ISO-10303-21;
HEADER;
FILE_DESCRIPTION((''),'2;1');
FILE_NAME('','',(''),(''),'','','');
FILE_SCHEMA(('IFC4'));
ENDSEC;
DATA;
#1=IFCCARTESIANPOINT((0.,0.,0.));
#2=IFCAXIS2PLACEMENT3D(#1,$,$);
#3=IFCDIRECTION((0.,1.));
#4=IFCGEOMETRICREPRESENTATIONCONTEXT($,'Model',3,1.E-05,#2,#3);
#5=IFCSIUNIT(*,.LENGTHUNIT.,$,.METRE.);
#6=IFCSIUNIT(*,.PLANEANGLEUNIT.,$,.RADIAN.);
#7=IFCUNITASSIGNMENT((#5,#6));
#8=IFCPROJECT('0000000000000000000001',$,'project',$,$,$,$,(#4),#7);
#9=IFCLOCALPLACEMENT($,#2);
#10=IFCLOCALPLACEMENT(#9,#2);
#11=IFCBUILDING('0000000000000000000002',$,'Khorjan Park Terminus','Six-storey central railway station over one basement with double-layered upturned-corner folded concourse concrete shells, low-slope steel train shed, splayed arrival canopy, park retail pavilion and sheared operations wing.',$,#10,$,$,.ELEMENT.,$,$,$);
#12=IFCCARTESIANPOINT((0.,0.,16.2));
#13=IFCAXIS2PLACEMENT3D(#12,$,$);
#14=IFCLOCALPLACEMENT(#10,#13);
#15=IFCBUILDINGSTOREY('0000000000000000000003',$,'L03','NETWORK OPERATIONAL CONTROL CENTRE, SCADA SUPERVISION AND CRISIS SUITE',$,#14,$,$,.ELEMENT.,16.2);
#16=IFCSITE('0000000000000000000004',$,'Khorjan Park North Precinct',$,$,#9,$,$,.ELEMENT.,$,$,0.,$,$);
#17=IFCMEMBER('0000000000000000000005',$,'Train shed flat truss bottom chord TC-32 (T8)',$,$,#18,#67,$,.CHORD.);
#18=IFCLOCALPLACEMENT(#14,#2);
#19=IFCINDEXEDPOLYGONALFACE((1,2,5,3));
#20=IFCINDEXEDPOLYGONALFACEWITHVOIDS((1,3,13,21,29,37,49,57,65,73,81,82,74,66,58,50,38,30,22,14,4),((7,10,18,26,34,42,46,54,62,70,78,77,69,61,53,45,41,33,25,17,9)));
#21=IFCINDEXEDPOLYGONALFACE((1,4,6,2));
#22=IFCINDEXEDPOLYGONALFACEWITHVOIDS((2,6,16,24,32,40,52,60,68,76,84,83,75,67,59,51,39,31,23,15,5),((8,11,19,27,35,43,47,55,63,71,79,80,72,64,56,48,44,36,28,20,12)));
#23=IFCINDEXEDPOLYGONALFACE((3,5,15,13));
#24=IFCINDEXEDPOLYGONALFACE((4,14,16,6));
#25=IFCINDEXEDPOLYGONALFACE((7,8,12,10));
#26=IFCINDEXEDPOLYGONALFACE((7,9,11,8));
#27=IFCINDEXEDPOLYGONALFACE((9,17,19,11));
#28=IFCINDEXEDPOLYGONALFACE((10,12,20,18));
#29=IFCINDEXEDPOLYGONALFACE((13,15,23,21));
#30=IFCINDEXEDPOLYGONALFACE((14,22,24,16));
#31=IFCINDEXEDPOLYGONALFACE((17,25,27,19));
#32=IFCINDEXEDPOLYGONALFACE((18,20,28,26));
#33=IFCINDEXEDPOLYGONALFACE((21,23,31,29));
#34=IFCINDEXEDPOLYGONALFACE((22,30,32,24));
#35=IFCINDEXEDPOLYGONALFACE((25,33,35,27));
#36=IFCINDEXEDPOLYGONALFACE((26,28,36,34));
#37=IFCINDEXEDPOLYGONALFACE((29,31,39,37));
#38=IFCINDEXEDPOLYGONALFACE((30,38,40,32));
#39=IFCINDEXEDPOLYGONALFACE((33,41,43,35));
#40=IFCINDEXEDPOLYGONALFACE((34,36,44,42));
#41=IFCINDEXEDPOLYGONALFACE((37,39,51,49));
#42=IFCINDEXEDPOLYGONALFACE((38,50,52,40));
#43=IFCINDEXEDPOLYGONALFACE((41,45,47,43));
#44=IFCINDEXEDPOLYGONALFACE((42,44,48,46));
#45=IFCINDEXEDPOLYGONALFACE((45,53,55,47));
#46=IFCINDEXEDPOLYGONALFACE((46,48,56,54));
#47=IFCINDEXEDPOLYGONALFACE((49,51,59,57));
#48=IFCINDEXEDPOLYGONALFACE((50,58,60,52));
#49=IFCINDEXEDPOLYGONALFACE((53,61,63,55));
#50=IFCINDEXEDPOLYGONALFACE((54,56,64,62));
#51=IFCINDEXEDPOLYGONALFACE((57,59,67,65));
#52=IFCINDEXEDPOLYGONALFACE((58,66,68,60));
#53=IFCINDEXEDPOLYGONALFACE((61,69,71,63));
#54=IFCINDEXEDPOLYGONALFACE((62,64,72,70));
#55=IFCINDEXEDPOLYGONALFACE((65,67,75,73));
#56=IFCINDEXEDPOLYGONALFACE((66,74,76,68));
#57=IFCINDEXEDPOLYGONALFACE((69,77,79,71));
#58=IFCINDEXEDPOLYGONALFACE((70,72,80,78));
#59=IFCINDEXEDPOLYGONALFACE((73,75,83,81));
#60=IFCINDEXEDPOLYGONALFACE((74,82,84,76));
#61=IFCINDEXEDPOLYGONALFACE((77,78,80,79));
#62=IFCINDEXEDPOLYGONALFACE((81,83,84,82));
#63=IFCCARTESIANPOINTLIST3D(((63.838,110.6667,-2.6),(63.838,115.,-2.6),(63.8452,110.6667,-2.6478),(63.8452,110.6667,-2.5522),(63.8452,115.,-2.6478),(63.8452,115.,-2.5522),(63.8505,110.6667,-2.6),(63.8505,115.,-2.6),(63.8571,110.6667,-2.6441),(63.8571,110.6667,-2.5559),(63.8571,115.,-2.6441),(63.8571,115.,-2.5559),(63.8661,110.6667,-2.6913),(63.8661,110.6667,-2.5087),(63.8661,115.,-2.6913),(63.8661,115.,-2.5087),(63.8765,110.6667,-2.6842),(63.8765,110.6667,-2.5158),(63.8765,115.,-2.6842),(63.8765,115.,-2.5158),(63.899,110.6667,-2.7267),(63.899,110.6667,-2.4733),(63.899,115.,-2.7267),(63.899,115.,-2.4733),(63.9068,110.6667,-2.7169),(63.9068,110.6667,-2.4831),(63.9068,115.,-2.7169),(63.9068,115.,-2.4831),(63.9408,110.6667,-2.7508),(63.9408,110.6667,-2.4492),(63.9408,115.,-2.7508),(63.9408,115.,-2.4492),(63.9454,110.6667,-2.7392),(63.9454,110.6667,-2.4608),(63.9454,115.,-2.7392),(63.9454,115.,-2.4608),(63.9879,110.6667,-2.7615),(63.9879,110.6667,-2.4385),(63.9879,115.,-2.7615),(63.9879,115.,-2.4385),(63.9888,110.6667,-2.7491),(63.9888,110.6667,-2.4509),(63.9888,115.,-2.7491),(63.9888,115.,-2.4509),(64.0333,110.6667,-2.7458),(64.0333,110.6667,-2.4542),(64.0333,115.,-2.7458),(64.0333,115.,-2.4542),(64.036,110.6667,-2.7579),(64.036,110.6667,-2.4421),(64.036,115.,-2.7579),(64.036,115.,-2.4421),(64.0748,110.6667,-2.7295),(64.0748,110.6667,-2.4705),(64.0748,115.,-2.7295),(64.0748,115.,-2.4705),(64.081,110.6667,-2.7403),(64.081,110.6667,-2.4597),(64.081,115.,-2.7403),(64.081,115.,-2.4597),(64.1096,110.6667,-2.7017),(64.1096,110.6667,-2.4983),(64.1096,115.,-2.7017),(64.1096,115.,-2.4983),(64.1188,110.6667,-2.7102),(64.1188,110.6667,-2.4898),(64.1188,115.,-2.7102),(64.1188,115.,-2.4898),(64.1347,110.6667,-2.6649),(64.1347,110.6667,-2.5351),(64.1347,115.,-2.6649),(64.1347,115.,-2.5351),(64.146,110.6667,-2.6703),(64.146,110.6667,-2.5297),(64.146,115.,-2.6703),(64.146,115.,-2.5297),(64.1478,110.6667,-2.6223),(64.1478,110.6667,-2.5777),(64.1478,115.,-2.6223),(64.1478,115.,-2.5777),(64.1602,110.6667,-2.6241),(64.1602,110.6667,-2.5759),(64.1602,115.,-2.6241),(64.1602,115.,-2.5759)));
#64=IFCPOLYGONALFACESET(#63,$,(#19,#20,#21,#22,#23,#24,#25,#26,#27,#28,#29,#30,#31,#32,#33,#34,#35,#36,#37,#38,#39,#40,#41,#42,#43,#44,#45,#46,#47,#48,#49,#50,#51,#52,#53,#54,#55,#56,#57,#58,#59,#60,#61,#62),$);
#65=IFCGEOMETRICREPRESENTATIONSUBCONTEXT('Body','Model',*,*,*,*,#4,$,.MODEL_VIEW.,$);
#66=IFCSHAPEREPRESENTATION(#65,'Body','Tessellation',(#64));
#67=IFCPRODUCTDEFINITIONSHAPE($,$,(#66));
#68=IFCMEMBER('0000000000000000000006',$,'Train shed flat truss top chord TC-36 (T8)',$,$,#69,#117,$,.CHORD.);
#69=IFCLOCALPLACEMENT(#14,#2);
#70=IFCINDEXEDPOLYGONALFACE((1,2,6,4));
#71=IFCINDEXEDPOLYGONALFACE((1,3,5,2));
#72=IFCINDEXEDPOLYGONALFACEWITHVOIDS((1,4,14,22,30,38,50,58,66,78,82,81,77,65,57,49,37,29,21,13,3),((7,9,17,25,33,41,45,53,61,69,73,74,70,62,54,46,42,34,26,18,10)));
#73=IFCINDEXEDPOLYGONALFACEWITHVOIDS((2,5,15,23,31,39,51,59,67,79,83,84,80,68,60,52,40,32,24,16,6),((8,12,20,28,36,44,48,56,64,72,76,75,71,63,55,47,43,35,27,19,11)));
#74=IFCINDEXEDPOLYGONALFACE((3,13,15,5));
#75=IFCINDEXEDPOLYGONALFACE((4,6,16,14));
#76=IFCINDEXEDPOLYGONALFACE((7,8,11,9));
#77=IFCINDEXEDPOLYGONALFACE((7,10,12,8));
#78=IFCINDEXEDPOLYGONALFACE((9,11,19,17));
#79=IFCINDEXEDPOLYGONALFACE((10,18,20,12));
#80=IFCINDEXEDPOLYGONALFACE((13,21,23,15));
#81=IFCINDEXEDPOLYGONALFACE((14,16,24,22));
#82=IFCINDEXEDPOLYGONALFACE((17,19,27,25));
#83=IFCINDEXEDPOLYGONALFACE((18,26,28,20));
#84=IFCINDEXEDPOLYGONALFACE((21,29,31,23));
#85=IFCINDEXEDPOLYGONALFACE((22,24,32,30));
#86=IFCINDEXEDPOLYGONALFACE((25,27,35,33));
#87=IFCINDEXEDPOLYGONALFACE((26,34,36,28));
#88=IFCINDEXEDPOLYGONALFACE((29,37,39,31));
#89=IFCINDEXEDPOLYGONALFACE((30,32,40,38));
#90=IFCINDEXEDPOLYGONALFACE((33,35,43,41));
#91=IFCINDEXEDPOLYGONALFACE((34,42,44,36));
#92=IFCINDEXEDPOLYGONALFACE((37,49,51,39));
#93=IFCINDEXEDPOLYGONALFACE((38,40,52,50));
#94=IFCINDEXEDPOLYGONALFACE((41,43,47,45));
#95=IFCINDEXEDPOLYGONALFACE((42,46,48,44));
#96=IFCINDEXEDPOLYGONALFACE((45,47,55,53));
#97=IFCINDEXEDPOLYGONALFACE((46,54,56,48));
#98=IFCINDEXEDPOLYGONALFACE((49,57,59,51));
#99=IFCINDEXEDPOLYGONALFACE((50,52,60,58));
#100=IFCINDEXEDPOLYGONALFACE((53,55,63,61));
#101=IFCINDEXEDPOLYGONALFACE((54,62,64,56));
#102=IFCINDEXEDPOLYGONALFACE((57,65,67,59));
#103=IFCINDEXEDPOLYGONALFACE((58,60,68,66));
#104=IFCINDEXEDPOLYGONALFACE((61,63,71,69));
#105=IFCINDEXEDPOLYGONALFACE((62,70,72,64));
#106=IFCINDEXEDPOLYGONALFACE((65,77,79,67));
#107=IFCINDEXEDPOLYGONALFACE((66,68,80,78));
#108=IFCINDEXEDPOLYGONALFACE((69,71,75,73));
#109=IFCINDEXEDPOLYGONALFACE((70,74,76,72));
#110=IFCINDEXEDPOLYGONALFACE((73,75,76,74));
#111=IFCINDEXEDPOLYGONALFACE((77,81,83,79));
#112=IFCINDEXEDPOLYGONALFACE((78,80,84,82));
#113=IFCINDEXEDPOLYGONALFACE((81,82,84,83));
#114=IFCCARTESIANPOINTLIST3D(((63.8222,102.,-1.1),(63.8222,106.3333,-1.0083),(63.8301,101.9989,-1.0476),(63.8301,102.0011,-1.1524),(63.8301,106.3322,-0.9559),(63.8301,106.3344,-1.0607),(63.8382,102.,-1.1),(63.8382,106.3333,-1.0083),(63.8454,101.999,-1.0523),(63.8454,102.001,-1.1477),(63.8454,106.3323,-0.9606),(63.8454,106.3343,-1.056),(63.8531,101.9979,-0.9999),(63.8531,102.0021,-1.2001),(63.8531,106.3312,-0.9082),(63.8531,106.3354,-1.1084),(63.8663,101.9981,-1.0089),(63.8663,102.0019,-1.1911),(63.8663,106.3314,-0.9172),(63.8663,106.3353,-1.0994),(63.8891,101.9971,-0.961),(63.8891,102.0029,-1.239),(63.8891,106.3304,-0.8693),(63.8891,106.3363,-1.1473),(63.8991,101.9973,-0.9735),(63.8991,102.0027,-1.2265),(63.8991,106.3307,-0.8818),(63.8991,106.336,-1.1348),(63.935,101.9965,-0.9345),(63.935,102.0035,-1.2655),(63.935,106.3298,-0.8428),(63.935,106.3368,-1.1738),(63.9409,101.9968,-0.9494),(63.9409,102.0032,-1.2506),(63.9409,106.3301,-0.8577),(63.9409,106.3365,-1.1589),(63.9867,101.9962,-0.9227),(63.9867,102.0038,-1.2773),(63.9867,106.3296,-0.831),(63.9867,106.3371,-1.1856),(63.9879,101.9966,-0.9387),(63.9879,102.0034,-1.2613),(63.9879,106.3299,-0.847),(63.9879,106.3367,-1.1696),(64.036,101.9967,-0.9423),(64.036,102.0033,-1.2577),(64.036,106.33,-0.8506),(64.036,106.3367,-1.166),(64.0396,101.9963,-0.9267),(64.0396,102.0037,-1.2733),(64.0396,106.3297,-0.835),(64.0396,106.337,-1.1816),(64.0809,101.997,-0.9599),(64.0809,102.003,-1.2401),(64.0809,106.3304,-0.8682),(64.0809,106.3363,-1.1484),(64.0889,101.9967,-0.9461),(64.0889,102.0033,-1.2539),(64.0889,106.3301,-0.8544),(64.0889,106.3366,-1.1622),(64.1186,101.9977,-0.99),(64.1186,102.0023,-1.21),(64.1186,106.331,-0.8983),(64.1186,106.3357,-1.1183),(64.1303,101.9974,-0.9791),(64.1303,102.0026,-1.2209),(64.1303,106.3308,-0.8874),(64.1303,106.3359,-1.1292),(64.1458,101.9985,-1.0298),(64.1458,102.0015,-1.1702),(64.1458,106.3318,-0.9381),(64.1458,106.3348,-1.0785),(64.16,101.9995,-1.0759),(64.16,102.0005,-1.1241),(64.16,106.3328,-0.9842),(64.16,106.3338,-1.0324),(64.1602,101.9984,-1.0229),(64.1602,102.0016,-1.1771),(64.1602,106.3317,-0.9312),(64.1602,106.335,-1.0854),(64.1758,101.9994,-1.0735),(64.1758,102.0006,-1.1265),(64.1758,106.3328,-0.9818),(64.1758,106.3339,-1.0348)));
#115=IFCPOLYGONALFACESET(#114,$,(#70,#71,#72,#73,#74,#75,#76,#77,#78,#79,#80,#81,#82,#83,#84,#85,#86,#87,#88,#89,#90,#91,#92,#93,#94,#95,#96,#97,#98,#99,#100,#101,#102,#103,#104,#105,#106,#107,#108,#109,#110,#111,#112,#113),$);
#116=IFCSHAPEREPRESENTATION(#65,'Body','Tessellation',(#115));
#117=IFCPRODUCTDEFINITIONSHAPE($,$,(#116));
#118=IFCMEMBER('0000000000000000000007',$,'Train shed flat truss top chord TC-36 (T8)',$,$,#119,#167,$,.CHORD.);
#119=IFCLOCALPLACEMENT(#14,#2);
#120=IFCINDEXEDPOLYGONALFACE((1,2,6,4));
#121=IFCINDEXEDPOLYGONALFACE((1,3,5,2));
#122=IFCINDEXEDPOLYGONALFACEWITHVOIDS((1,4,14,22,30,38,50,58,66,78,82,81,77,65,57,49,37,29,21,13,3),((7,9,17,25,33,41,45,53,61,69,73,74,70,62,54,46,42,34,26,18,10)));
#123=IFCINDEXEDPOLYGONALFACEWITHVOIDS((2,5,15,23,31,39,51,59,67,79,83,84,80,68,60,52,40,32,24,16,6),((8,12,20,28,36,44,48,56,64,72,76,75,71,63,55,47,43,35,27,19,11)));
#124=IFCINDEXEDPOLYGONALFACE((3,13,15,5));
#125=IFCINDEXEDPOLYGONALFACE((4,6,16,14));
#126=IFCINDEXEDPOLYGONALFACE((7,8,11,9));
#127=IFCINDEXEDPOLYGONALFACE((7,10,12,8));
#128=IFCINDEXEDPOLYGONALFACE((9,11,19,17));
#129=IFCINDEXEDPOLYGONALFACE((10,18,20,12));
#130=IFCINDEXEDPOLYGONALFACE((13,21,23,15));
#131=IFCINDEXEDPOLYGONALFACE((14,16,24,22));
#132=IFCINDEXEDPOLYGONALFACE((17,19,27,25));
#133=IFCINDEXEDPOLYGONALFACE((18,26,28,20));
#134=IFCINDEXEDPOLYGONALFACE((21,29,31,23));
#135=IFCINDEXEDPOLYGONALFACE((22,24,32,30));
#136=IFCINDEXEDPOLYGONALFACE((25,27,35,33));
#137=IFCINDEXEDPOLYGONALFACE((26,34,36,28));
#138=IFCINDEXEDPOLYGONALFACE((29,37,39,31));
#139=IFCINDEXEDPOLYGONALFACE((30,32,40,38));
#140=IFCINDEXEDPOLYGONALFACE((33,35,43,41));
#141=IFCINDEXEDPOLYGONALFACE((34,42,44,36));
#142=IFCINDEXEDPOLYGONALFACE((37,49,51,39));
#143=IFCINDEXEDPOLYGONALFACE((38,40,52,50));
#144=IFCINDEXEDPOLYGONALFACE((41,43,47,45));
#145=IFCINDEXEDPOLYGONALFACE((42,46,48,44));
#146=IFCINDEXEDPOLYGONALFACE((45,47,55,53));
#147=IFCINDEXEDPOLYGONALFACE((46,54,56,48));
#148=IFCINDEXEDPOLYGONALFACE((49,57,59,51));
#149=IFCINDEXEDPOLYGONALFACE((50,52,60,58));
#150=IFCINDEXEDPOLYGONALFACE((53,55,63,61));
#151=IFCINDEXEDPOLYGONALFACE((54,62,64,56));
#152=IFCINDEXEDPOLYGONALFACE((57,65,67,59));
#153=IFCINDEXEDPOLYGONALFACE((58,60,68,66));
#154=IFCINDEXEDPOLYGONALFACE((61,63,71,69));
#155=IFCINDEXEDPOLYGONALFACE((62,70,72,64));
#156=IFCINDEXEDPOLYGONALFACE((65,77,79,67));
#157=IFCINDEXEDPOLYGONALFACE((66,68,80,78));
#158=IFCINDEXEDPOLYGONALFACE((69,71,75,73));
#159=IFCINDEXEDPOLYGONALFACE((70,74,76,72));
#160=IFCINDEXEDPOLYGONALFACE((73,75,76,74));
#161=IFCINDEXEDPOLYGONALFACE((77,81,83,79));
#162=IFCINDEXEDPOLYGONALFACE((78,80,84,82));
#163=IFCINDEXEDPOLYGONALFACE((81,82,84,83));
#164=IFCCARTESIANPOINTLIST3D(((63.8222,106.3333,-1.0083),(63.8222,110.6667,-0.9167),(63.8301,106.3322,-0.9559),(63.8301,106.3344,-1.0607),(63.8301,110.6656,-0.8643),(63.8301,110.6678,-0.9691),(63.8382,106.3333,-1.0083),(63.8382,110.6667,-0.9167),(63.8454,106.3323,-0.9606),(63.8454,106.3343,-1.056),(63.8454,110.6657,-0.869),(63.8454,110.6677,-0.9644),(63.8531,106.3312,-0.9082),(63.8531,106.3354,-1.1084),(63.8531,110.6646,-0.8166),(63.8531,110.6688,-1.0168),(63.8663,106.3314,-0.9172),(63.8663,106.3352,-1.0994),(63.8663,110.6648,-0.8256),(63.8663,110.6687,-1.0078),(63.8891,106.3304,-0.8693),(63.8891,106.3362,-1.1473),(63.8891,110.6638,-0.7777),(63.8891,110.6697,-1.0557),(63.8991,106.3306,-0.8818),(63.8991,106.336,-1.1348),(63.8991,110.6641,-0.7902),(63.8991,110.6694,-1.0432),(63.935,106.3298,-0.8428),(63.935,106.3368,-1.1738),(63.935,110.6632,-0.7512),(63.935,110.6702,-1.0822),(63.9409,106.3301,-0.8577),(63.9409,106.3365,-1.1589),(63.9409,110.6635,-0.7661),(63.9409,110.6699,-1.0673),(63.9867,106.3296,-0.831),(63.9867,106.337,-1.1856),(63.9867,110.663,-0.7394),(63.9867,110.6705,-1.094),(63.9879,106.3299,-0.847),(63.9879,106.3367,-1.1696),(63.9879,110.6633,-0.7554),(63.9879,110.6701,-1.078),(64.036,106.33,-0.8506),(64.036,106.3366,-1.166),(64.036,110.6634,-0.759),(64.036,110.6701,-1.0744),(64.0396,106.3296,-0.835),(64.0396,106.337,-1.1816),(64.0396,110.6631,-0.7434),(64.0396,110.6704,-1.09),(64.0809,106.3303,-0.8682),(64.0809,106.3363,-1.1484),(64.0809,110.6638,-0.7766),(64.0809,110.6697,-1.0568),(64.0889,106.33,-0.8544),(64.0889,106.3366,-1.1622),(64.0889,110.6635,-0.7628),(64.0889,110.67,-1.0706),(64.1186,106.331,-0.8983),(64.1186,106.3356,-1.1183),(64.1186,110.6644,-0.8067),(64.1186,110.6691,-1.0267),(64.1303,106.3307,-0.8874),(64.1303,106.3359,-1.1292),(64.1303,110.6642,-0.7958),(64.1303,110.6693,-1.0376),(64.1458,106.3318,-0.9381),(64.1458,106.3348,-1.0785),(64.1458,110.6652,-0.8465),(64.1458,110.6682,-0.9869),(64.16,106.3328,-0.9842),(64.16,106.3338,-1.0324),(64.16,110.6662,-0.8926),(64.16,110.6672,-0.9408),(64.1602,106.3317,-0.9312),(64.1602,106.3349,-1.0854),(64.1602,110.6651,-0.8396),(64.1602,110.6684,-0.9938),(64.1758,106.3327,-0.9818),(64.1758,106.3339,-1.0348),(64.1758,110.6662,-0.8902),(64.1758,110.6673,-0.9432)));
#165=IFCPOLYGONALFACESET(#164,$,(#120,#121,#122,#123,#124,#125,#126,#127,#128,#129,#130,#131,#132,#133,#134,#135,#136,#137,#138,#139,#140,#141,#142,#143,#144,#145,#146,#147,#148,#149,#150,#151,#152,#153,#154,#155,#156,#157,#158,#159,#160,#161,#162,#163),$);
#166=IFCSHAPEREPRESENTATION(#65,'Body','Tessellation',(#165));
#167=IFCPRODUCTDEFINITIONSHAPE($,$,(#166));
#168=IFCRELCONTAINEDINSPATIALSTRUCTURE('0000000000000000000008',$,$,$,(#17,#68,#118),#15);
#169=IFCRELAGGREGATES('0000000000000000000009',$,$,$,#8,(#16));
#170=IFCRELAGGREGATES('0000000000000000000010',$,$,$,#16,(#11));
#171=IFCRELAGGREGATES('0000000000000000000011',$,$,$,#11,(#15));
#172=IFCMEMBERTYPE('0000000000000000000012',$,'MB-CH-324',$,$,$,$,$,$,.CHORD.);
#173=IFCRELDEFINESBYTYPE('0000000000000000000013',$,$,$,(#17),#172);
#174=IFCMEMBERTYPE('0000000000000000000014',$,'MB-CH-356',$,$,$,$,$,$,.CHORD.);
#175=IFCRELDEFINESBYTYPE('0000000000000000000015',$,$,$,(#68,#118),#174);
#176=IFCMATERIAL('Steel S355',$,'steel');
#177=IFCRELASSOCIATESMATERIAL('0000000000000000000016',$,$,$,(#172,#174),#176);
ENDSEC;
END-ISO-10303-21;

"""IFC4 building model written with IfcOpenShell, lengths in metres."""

from ifc_helpers import new_model, si_unit, direction, frame, origin, origin_2d, place, context, subcontext, project, spatial, hollow_circle, extrude, material, material_profile, profile_set, type_object, element, save


model = new_model("IFC4")

# Units and contexts
model_context = context("Model", 3, precision=1e-05, world=origin(), true_north=direction((0.0, 1.0)))
body_context = subcontext(model_context, "Body", "Model", "MODEL_VIEW")
ifc_project = project(units=[si_unit("LENGTHUNIT", "METRE"), si_unit("PLANEANGLEUNIT", "RADIAN")], contexts=[model_context])

# Site, building, storey
site_placement = place(None, origin())
site = spatial("IfcSite", under=ifc_project, at=site_placement, Name="Khorjan Park North Precinct", CompositionType="ELEMENT", RefElevation=0.0)
building_placement = place(site_placement, origin())
building = spatial("IfcBuilding", under=site, at=building_placement, Name="Khorjan Park Terminus", Description="Six-storey central railway station over one basement with double-layered upturned-corner folded concourse concrete shells, low-slope steel train shed, splayed arrival canopy, park retail pavilion and sheared operations wing.", CompositionType="ELEMENT")
storey_placement = place(building_placement, frame((0.0, 0.0, 16.2)))
storey = spatial("IfcBuildingStorey", under=building, at=storey_placement, Name="L03", Description="NETWORK OPERATIONAL CONTROL CENTRE, SCADA SUPERVISION AND CRISIS SUITE", CompositionType="ELEMENT", Elevation=16.2)

# Members
ifc_material_1 = material(Name="Steel S355", Category="steel")
ifc_material_profile_1 = material_profile(ifc_material_1, hollow_circle(Radius=0.162, WallThickness=0.0125, at=origin_2d()), Name="CHS 323.9x12.5")
ifc_profile_set_1 = profile_set([ifc_material_profile_1], Name="Steel S355")
member_type_1 = type_object("IfcMemberType", Name="MB-CH-324", PredefinedType="CHORD", material=ifc_profile_set_1)
member_1_placement = place(storey_placement, frame((64.0, 110.6667, -2.6), z_axis=(0.0, 1.0, 0.0), x_axis=(-1.0, 0.0, 0.0)))
element("IfcMember", 1, at=member_1_placement, inside=storey, type_object=member_type_1, Name="Train shed flat truss bottom chord TC-32 (T8)", PredefinedType="CHORD", context=body_context, shape_type="SweptSolid", body=[
    extrude(hollow_circle(Radius=0.162, WallThickness=0.0125, at=origin_2d()), origin(), (0.0, 0.0, 1.0), 4.3333),
])
ifc_material_profile_2 = material_profile(ifc_material_1, hollow_circle(Radius=0.1778, WallThickness=0.016, at=origin_2d()), Name="CHS 355.6x16")
ifc_profile_set_2 = profile_set([ifc_material_profile_2], Name="Steel S355")
member_type_2 = type_object("IfcMemberType", Name="MB-CH-356", PredefinedType="CHORD", material=ifc_profile_set_2)
member_2_placement = place(storey_placement, frame((64.0, 102.0, -1.1), z_axis=(0.0, 0.999776, 0.021157), x_axis=(-1.0, 0.0, 0.0)))
element("IfcMember", 2, at=member_2_placement, inside=storey, type_object=member_type_2, Name="Train shed flat truss top chord TC-36 (T8)", PredefinedType="CHORD", context=body_context, shape_type="SweptSolid", body=[
    extrude(hollow_circle(Radius=0.1778, WallThickness=0.016, at=origin_2d()), origin(), (0.0, 0.0, 1.0), 4.3343),
])
member_3_placement = place(storey_placement, frame((64.0, 106.3333, -1.0083), z_axis=(0.0, 0.999777, 0.021133), x_axis=(-1.0, 0.0, 0.0)))
element("IfcMember", 3, at=member_3_placement, inside=storey, type_object=member_type_2, Name="Train shed flat truss top chord TC-36 (T8)", PredefinedType="CHORD", context=body_context, shape_type="SweptSolid", body=[
    extrude(hollow_circle(Radius=0.1778, WallThickness=0.016, at=origin_2d()), origin(), (0.0, 0.0, 1.0), 4.3344),
])

save(model, "model.ifc")
